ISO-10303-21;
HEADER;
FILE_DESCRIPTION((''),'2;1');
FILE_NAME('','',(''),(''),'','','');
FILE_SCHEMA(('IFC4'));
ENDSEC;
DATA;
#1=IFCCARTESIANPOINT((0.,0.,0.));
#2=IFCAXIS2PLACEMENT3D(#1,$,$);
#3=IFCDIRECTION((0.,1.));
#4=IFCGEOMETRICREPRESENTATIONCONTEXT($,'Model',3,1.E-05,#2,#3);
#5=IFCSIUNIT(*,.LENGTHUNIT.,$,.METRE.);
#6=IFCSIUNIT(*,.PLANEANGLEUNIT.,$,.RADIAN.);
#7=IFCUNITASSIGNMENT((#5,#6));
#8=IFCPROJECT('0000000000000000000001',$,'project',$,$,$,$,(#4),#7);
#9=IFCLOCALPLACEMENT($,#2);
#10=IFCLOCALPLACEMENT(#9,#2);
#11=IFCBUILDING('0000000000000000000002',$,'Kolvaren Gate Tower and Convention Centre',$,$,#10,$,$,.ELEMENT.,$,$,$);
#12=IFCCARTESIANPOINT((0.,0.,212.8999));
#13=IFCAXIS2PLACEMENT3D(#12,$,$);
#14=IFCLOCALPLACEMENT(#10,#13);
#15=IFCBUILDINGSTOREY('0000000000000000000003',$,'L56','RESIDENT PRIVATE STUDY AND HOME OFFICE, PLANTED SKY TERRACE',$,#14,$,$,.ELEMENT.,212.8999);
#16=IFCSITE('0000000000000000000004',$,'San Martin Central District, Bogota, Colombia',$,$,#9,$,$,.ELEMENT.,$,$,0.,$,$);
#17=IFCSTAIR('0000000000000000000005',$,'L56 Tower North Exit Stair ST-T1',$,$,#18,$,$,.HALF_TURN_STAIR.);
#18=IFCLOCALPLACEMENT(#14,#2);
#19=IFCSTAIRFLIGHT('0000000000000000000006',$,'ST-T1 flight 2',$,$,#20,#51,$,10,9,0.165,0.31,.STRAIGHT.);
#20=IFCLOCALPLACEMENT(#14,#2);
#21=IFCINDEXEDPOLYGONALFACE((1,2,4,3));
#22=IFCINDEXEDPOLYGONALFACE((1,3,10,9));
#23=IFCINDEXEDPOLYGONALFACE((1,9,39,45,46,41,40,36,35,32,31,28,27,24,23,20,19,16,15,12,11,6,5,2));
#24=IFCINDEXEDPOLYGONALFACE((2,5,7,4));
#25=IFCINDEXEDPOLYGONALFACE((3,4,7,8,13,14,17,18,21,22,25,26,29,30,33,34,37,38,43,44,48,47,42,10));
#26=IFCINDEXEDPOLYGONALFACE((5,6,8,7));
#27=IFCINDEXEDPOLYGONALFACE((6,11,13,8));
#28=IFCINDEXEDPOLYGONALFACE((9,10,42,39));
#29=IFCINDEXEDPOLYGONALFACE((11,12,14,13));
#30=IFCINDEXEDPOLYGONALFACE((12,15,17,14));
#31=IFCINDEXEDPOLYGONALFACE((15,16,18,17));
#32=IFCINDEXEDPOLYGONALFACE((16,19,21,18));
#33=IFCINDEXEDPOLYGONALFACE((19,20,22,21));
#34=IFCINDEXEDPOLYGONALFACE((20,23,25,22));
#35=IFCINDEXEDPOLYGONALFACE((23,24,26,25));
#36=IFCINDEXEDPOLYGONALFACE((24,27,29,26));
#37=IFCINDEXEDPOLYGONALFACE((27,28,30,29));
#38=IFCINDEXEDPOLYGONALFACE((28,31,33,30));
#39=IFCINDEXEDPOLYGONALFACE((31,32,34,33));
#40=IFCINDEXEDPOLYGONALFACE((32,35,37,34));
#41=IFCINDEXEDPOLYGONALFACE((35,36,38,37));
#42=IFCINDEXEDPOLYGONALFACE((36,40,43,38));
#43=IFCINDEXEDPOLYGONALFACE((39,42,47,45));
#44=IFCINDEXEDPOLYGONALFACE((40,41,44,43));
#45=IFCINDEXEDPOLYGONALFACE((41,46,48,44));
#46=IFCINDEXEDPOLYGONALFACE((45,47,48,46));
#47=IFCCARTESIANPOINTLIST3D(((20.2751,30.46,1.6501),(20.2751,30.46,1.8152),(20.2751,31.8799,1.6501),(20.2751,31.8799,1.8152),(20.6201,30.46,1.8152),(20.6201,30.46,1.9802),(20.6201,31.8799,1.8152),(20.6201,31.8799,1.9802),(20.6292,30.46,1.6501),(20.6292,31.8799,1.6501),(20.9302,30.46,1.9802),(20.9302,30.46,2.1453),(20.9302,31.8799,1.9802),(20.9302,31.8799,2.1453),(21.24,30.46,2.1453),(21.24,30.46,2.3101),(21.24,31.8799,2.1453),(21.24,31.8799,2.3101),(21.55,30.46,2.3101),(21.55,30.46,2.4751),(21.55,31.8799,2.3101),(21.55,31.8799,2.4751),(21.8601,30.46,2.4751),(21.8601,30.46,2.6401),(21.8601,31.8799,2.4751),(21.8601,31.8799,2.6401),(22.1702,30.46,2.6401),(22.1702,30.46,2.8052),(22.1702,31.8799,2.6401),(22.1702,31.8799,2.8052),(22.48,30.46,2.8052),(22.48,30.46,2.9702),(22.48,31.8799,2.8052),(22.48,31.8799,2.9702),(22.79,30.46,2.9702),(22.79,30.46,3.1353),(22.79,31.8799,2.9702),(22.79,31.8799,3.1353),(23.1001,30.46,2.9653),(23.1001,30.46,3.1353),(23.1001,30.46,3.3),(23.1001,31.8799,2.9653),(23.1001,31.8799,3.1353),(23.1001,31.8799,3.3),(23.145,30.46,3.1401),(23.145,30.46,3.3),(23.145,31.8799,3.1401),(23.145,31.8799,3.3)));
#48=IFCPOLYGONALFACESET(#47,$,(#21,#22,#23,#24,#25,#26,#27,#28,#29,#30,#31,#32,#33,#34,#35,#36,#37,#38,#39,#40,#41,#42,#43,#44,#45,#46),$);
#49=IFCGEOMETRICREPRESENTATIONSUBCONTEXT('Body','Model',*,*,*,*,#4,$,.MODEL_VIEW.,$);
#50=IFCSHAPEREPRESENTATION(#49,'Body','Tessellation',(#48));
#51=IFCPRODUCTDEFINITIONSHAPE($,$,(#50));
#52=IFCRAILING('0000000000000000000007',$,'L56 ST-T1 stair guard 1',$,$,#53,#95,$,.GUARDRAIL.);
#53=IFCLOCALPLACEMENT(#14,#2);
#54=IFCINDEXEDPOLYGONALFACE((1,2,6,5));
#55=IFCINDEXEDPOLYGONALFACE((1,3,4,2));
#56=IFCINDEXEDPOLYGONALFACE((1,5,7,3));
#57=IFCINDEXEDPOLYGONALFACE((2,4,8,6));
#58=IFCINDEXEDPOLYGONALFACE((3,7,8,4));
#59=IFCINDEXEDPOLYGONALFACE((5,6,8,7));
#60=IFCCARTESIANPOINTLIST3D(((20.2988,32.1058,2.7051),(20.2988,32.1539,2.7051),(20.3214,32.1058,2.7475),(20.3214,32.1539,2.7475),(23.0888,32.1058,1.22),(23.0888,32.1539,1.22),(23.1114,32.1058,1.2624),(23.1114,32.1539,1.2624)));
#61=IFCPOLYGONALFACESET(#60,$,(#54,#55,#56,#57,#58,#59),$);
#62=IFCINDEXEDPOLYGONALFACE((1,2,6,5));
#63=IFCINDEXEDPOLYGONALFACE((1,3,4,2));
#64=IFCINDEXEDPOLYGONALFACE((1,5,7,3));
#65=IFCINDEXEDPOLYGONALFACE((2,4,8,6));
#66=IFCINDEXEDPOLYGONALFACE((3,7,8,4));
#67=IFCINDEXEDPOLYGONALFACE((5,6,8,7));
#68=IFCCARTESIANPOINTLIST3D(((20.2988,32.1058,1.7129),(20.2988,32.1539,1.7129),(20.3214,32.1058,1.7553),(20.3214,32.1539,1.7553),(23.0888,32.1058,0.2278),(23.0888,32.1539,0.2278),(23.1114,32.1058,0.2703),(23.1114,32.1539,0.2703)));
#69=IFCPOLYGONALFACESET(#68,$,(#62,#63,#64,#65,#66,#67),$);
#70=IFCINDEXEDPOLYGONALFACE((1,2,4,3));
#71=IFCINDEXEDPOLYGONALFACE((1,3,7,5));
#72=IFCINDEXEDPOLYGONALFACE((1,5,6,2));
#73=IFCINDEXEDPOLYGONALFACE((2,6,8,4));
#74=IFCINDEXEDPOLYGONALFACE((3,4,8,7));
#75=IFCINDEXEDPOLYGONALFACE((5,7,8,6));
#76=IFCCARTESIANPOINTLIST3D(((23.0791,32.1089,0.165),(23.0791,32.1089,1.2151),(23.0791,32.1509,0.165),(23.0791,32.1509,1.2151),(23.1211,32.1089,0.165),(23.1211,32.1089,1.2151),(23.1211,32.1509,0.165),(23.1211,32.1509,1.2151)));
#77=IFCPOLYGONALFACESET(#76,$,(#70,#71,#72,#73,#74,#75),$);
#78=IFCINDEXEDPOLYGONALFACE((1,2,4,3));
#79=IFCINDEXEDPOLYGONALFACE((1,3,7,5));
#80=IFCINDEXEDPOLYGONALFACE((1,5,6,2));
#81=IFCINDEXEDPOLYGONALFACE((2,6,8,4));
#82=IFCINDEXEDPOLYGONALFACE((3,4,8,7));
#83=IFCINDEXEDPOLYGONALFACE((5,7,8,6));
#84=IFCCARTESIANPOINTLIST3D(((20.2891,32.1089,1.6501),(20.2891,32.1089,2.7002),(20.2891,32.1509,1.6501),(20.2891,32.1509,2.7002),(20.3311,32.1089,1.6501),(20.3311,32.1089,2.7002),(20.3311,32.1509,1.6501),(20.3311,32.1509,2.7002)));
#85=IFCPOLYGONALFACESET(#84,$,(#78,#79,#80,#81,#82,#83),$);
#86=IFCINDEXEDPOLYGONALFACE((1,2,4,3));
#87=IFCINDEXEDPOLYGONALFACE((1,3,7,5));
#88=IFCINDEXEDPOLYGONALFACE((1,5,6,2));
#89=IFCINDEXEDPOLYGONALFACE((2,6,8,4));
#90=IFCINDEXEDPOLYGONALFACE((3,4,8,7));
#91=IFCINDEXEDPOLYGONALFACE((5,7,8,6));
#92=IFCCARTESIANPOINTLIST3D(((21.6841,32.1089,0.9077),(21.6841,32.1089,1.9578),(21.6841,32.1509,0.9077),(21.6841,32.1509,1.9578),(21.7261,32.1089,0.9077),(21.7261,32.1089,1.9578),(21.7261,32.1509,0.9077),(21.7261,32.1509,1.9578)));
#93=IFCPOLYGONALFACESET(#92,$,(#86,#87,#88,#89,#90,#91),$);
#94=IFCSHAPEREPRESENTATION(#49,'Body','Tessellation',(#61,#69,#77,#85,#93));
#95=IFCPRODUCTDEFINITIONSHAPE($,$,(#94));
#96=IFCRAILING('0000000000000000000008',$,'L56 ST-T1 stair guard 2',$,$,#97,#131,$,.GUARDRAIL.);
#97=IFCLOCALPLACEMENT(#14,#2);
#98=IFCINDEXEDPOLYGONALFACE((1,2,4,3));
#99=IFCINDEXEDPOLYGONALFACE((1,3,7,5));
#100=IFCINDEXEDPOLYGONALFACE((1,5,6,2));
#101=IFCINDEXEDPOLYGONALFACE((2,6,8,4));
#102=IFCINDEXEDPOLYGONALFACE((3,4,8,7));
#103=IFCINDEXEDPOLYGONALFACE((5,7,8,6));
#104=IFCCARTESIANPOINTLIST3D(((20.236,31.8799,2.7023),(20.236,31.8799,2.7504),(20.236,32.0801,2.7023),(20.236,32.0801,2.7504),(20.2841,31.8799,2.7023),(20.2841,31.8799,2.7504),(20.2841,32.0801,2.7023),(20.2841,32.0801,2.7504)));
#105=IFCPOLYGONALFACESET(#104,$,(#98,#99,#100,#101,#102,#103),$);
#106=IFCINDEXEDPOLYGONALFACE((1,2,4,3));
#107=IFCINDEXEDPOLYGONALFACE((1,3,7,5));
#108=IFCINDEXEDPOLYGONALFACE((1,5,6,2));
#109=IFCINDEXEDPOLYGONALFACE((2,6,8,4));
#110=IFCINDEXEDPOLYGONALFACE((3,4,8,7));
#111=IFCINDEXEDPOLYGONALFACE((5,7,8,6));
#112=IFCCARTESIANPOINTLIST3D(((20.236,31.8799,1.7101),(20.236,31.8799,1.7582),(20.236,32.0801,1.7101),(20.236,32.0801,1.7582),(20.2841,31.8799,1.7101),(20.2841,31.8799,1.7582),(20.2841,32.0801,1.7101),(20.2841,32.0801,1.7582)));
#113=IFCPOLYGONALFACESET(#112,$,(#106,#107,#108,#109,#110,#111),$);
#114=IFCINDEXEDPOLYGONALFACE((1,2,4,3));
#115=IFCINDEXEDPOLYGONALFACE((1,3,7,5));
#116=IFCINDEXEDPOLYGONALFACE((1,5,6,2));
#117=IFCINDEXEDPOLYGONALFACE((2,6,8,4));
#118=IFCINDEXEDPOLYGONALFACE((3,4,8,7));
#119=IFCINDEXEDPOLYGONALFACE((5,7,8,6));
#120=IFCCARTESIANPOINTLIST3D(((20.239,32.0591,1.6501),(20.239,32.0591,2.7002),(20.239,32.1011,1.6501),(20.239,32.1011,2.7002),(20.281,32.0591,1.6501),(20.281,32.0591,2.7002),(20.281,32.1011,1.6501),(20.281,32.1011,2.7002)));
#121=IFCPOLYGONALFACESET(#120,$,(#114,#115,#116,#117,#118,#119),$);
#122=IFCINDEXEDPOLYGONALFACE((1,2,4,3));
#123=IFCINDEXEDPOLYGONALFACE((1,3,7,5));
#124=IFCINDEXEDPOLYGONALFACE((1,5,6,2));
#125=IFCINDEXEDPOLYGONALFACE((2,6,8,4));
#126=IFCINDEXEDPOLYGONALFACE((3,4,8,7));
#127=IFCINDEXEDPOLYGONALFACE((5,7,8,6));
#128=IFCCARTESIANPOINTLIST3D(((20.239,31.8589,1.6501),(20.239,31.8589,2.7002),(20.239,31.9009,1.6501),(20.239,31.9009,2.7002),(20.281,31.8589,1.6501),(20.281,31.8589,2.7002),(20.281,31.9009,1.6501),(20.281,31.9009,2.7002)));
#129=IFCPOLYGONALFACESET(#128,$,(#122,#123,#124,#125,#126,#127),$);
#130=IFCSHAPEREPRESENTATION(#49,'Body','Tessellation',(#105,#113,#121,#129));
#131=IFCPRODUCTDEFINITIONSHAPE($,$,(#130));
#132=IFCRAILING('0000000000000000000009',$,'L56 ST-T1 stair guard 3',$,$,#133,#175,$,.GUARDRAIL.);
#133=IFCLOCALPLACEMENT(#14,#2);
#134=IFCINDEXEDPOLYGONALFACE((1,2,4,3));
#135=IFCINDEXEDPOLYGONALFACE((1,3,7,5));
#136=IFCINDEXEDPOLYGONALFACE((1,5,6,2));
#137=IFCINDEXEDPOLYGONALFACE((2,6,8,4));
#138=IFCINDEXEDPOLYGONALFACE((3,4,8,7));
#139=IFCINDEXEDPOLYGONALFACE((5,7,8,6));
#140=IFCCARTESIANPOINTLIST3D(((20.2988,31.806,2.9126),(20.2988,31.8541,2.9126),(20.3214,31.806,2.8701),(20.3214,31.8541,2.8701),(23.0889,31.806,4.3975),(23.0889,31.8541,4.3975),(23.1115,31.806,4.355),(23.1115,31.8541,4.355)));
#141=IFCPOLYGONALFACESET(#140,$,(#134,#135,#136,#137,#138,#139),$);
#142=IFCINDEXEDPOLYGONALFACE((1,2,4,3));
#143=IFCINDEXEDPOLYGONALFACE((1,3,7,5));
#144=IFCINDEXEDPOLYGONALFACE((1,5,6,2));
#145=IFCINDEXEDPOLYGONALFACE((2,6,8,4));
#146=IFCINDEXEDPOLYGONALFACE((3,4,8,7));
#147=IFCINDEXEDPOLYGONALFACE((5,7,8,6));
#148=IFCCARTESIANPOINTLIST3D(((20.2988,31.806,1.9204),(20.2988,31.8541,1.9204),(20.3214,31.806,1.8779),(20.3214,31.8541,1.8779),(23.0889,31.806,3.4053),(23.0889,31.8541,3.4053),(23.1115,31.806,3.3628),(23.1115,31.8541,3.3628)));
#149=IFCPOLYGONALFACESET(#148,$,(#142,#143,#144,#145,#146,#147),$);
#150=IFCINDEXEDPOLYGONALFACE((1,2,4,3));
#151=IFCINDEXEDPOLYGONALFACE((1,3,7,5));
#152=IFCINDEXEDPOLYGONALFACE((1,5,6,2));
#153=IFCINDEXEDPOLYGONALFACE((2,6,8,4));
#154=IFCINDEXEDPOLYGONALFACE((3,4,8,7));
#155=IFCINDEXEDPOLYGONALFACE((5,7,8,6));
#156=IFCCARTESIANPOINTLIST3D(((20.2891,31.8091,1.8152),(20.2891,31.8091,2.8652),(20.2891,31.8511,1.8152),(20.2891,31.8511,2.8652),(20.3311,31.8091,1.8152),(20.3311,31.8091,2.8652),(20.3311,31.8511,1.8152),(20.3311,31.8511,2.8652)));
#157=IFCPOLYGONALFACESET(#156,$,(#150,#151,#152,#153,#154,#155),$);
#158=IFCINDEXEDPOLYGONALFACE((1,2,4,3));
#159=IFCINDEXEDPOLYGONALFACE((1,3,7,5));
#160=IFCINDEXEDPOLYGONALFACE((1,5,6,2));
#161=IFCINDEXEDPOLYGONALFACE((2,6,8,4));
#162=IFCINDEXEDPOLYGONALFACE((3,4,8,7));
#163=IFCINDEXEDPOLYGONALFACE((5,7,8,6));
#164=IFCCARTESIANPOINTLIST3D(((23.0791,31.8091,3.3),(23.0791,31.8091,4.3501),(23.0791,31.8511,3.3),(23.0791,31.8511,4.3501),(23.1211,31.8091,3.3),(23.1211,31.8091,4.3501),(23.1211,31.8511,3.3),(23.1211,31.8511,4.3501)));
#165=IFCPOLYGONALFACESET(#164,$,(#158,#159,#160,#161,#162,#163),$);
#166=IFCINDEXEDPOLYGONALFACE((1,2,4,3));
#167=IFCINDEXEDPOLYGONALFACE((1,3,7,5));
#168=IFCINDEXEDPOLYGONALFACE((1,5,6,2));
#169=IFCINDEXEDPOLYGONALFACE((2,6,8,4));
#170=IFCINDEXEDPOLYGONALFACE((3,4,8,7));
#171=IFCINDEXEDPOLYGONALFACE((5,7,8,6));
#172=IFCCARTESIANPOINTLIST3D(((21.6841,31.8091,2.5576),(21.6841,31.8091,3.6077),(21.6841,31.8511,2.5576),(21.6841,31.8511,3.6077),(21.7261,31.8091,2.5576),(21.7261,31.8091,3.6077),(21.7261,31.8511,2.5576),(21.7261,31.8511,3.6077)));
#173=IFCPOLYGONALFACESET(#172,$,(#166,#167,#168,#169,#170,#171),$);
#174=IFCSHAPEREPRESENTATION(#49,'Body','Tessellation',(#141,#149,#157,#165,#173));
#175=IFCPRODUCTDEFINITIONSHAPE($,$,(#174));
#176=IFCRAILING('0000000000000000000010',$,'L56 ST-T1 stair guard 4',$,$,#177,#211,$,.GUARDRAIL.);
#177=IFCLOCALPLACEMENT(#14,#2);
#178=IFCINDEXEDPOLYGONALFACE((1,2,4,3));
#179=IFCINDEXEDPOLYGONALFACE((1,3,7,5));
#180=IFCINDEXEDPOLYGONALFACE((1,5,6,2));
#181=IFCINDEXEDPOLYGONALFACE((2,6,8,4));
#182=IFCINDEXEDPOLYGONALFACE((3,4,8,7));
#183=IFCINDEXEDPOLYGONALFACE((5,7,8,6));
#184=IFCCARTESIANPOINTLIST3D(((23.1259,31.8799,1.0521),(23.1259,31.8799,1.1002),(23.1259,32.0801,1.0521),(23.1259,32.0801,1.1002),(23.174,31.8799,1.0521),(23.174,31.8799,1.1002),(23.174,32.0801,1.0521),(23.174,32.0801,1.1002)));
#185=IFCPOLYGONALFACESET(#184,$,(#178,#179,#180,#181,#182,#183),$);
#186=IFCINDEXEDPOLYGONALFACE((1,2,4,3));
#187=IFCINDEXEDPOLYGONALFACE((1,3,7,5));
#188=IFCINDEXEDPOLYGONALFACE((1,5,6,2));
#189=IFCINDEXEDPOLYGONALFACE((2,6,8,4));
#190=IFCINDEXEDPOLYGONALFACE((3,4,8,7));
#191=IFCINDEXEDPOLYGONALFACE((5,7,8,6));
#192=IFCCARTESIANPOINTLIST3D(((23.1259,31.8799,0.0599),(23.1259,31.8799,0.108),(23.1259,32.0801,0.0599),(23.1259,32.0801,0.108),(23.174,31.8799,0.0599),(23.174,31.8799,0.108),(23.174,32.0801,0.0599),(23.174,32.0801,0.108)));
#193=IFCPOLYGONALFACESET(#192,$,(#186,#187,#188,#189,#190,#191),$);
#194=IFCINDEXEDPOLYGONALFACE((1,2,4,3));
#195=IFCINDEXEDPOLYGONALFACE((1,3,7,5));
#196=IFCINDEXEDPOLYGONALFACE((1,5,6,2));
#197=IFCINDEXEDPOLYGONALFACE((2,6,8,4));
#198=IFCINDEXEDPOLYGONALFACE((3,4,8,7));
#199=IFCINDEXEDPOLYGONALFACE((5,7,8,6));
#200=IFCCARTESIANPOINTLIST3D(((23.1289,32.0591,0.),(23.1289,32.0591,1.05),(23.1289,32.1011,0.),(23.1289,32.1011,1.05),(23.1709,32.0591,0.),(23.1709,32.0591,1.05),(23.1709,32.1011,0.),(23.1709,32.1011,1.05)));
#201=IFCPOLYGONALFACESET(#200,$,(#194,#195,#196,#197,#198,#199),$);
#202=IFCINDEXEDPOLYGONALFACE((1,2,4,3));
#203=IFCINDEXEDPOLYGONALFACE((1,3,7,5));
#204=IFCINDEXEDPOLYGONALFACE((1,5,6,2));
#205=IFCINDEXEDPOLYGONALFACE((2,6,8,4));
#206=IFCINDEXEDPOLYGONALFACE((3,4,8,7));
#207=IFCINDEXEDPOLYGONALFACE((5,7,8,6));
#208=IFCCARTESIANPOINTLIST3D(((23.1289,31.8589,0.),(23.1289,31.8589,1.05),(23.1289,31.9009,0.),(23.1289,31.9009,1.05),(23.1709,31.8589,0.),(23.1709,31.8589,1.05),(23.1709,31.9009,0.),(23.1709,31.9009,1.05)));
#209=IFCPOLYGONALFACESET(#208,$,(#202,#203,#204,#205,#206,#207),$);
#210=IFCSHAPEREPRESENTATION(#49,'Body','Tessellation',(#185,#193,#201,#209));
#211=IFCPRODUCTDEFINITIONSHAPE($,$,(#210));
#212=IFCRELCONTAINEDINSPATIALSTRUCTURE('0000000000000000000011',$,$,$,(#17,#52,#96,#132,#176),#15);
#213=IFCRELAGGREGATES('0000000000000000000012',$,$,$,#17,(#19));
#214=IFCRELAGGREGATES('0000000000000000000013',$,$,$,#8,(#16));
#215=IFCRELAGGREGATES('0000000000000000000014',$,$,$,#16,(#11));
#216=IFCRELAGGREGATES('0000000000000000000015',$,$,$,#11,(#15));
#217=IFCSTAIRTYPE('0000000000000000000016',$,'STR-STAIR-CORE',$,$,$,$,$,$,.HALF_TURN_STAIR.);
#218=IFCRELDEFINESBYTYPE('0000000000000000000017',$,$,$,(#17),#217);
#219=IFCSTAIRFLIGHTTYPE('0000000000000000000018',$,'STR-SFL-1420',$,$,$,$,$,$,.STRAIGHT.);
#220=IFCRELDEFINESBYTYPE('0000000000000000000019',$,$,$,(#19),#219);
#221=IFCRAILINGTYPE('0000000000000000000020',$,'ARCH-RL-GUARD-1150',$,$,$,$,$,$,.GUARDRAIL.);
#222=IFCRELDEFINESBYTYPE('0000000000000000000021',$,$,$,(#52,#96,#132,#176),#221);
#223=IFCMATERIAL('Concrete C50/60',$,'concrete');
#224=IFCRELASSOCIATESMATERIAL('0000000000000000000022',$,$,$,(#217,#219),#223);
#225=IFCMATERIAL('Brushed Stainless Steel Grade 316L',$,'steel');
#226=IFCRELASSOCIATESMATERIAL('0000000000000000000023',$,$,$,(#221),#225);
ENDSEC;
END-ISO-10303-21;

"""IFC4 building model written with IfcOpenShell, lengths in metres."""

from ifc_helpers import new_model, si_unit, direction, frame, origin, origin_2d, place, context, subcontext, project, spatial, polyline, rectangle, outline, extrude, material, type_object, element, aggregate, save


model = new_model("IFC4")

# Units and contexts
model_context = context("Model", 3, precision=1e-05, world=origin(), true_north=direction((0.0, 1.0)))
body_context = subcontext(model_context, "Body", "Model", "MODEL_VIEW")
ifc_project = project(units=[si_unit("LENGTHUNIT", "METRE"), si_unit("PLANEANGLEUNIT", "RADIAN")], contexts=[model_context])

# Site, building, storey
site_placement = place(None, origin())
site = spatial("IfcSite", under=ifc_project, at=site_placement, Name="San Martin Central District, Bogota, Colombia", CompositionType="ELEMENT", RefElevation=0.0)
building_placement = place(site_placement, origin())
building = spatial("IfcBuilding", under=site, at=building_placement, Name="Kolvaren Gate Tower and Convention Centre", CompositionType="ELEMENT")
storey_placement = place(building_placement, frame((0.0, 0.0, 212.8999)))
storey = spatial("IfcBuildingStorey", under=building, at=storey_placement, Name="L56", Description="RESIDENT PRIVATE STUDY AND HOME OFFICE, PLANTED SKY TERRACE", CompositionType="ELEMENT", Elevation=212.8999)

# Shared definitions
ifc_material_1 = material(Name="Concrete C50/60", Category="concrete")

# Stair, stair flight
stair_type = type_object("IfcStairType", Name="STR-STAIR-CORE", PredefinedType="HALF_TURN_STAIR", material=ifc_material_1)
stair_placement = place(storey_placement, origin())
stair = element("IfcStair", 1, at=stair_placement, inside=storey, type_object=stair_type, Name="L56 Tower North Exit Stair ST-T1", PredefinedType="HALF_TURN_STAIR")
stair_flight_type = type_object("IfcStairFlightType", Name="STR-SFL-1420", PredefinedType="STRAIGHT", material=ifc_material_1)
stair_flight_1_placement = place(storey_placement, frame((20.3101, 31.1699, 1.6501), z_axis=(0.0, 0.0, 1.0), x_axis=(1.0, 0.0, 0.0)))
stair_flight_1 = element("IfcStairFlight", 2, at=stair_flight_1_placement, type_object=stair_flight_type, Name="ST-T1 flight 2", NumberOfRisers=10, NumberOfTreads=9, PredefinedType="STRAIGHT", RiserHeight=0.165, TreadLength=0.31, context=body_context, shape_type="SweptSolid", body=[
    extrude(outline(polyline([(-0.0349, 0.0), (-0.0349, 0.165), (0.3101, 0.165), (0.3101, 0.3301), (0.6201, 0.3301), (0.6201, 0.4951), (0.9299, 0.4951), (0.9299, 0.6599), (1.24, 0.6599), (1.24, 0.825), (1.55, 0.825), (1.55, 0.99), (1.8601, 0.99), (1.8601, 1.155), (2.1699, 1.155), (2.1699, 1.3201), (2.48, 1.3201), (2.48, 1.4851), (2.79, 1.4851), (2.79, 1.6499), (2.835, 1.6499), (2.835, 1.49), (2.79, 1.3152), (0.3191, 0.0), (-0.0349, 0.0)])), frame((0.0, 0.71, 0.0), z_axis=(0.0, -1.0, 0.0), x_axis=(1.0, 0.0, 0.0)), (0.0, 0.0, 1.0), 1.4199),
])
aggregate(stair, [stair_flight_1])

# Railings
ifc_material_2 = material(Name="Brushed Stainless Steel Grade 316L", Category="steel")
railing_type_1 = type_object("IfcRailingType", Name="ARCH-RL-GUARD-1150", PredefinedType="GUARDRAIL", material=ifc_material_2)
railing_1_placement = place(storey_placement, frame((23.1001, 32.1299, 0.165)))
element("IfcRailing", 3, at=railing_1_placement, inside=storey, type_object=railing_type_1, Name="L56 ST-T1 stair guard 1", PredefinedType="GUARDRAIL", context=body_context, shape_type="SweptSolid", body=[
    extrude(rectangle(XDim=0.0481, YDim=0.0481, at=origin_2d()), frame((0.0, 0.0, 1.0762), z_axis=(-0.882735, 0.0, 0.46987), x_axis=(0.0, -1.0, 0.0)), (0.0, 0.0, 1.0), 3.1606),
    extrude(rectangle(XDim=0.0481, YDim=0.0481, at=origin_2d()), frame((0.0, 0.0, 0.084), z_axis=(-0.882735, 0.0, 0.46987), x_axis=(0.0, -1.0, 0.0)), (0.0, 0.0, 1.0), 3.1606),
    extrude(rectangle(XDim=0.042, YDim=0.042, at=origin_2d()), origin(), (0.0, 0.0, 1.0), 1.05),
    extrude(rectangle(XDim=0.042, YDim=0.042, at=origin_2d()), frame((-2.79, 0.0, 1.4851)), (0.0, 0.0, 1.0), 1.05),
    extrude(rectangle(XDim=0.042, YDim=0.042, at=origin_2d()), frame((-1.395, 0.0, 0.7427)), (0.0, 0.0, 1.0), 1.05),
])
railing_2_placement = place(storey_placement, frame((20.26, 32.0801, 1.6501)))
element("IfcRailing", 4, at=railing_2_placement, inside=storey, type_object=railing_type_1, Name="L56 ST-T1 stair guard 2", PredefinedType="GUARDRAIL", context=body_context, shape_type="SweptSolid", body=[
    extrude(rectangle(XDim=0.0481, YDim=0.0481, at=origin_2d()), frame((0.0, 0.0, 1.0762), z_axis=(0.0, -1.0, 0.0), x_axis=(1.0, 0.0, 0.0)), (0.0, 0.0, 1.0), 0.2002),
    extrude(rectangle(XDim=0.0481, YDim=0.0481, at=origin_2d()), frame((0.0, 0.0, 0.084), z_axis=(0.0, -1.0, 0.0), x_axis=(1.0, 0.0, 0.0)), (0.0, 0.0, 1.0), 0.2002),
    extrude(rectangle(XDim=0.042, YDim=0.042, at=origin_2d()), origin(), (0.0, 0.0, 1.0), 1.05),
    extrude(rectangle(XDim=0.042, YDim=0.042, at=origin_2d()), frame((0.0, -0.2002, 0.0)), (0.0, 0.0, 1.0), 1.05),
])
railing_3_placement = place(storey_placement, frame((20.3101, 31.8301, 1.8152)))
element("IfcRailing", 5, at=railing_3_placement, inside=storey, type_object=railing_type_1, Name="L56 ST-T1 stair guard 3", PredefinedType="GUARDRAIL", context=body_context, shape_type="SweptSolid", body=[
    extrude(rectangle(XDim=0.0481, YDim=0.0481, at=origin_2d()), frame((0.0, 0.0, 1.0762), z_axis=(0.882767, 0.0, 0.46981), x_axis=(0.0, 1.0, 0.0)), (0.0, 0.0, 1.0), 3.1606),
    extrude(rectangle(XDim=0.0481, YDim=0.0481, at=origin_2d()), frame((0.0, 0.0, 0.084), z_axis=(0.882767, 0.0, 0.46981), x_axis=(0.0, 1.0, 0.0)), (0.0, 0.0, 1.0), 3.1606),
    extrude(rectangle(XDim=0.042, YDim=0.042, at=origin_2d()), origin(), (0.0, 0.0, 1.0), 1.05),
    extrude(rectangle(XDim=0.042, YDim=0.042, at=origin_2d()), frame((2.79, 0.0, 1.4849)), (0.0, 0.0, 1.0), 1.05),
    extrude(rectangle(XDim=0.042, YDim=0.042, at=origin_2d()), frame((1.395, 0.0, 0.7424)), (0.0, 0.0, 1.0), 1.05),
])
railing_4_placement = place(storey_placement, frame((23.1499, 32.0801, 0.0)))
element("IfcRailing", 6, at=railing_4_placement, inside=storey, type_object=railing_type_1, Name="L56 ST-T1 stair guard 4", PredefinedType="GUARDRAIL", context=body_context, shape_type="SweptSolid", body=[
    extrude(rectangle(XDim=0.0481, YDim=0.0481, at=origin_2d()), frame((0.0, 0.0, 1.0762), z_axis=(0.0, -1.0, 0.0), x_axis=(1.0, 0.0, 0.0)), (0.0, 0.0, 1.0), 0.2002),
    extrude(rectangle(XDim=0.0481, YDim=0.0481, at=origin_2d()), frame((0.0, 0.0, 0.084), z_axis=(0.0, -1.0, 0.0), x_axis=(1.0, 0.0, 0.0)), (0.0, 0.0, 1.0), 0.2002),
    extrude(rectangle(XDim=0.042, YDim=0.042, at=origin_2d()), origin(), (0.0, 0.0, 1.0), 1.05),
    extrude(rectangle(XDim=0.042, YDim=0.042, at=origin_2d()), frame((0.0, -0.2002, 0.0)), (0.0, 0.0, 1.0), 1.05),
])

save(model, "model.ifc")
